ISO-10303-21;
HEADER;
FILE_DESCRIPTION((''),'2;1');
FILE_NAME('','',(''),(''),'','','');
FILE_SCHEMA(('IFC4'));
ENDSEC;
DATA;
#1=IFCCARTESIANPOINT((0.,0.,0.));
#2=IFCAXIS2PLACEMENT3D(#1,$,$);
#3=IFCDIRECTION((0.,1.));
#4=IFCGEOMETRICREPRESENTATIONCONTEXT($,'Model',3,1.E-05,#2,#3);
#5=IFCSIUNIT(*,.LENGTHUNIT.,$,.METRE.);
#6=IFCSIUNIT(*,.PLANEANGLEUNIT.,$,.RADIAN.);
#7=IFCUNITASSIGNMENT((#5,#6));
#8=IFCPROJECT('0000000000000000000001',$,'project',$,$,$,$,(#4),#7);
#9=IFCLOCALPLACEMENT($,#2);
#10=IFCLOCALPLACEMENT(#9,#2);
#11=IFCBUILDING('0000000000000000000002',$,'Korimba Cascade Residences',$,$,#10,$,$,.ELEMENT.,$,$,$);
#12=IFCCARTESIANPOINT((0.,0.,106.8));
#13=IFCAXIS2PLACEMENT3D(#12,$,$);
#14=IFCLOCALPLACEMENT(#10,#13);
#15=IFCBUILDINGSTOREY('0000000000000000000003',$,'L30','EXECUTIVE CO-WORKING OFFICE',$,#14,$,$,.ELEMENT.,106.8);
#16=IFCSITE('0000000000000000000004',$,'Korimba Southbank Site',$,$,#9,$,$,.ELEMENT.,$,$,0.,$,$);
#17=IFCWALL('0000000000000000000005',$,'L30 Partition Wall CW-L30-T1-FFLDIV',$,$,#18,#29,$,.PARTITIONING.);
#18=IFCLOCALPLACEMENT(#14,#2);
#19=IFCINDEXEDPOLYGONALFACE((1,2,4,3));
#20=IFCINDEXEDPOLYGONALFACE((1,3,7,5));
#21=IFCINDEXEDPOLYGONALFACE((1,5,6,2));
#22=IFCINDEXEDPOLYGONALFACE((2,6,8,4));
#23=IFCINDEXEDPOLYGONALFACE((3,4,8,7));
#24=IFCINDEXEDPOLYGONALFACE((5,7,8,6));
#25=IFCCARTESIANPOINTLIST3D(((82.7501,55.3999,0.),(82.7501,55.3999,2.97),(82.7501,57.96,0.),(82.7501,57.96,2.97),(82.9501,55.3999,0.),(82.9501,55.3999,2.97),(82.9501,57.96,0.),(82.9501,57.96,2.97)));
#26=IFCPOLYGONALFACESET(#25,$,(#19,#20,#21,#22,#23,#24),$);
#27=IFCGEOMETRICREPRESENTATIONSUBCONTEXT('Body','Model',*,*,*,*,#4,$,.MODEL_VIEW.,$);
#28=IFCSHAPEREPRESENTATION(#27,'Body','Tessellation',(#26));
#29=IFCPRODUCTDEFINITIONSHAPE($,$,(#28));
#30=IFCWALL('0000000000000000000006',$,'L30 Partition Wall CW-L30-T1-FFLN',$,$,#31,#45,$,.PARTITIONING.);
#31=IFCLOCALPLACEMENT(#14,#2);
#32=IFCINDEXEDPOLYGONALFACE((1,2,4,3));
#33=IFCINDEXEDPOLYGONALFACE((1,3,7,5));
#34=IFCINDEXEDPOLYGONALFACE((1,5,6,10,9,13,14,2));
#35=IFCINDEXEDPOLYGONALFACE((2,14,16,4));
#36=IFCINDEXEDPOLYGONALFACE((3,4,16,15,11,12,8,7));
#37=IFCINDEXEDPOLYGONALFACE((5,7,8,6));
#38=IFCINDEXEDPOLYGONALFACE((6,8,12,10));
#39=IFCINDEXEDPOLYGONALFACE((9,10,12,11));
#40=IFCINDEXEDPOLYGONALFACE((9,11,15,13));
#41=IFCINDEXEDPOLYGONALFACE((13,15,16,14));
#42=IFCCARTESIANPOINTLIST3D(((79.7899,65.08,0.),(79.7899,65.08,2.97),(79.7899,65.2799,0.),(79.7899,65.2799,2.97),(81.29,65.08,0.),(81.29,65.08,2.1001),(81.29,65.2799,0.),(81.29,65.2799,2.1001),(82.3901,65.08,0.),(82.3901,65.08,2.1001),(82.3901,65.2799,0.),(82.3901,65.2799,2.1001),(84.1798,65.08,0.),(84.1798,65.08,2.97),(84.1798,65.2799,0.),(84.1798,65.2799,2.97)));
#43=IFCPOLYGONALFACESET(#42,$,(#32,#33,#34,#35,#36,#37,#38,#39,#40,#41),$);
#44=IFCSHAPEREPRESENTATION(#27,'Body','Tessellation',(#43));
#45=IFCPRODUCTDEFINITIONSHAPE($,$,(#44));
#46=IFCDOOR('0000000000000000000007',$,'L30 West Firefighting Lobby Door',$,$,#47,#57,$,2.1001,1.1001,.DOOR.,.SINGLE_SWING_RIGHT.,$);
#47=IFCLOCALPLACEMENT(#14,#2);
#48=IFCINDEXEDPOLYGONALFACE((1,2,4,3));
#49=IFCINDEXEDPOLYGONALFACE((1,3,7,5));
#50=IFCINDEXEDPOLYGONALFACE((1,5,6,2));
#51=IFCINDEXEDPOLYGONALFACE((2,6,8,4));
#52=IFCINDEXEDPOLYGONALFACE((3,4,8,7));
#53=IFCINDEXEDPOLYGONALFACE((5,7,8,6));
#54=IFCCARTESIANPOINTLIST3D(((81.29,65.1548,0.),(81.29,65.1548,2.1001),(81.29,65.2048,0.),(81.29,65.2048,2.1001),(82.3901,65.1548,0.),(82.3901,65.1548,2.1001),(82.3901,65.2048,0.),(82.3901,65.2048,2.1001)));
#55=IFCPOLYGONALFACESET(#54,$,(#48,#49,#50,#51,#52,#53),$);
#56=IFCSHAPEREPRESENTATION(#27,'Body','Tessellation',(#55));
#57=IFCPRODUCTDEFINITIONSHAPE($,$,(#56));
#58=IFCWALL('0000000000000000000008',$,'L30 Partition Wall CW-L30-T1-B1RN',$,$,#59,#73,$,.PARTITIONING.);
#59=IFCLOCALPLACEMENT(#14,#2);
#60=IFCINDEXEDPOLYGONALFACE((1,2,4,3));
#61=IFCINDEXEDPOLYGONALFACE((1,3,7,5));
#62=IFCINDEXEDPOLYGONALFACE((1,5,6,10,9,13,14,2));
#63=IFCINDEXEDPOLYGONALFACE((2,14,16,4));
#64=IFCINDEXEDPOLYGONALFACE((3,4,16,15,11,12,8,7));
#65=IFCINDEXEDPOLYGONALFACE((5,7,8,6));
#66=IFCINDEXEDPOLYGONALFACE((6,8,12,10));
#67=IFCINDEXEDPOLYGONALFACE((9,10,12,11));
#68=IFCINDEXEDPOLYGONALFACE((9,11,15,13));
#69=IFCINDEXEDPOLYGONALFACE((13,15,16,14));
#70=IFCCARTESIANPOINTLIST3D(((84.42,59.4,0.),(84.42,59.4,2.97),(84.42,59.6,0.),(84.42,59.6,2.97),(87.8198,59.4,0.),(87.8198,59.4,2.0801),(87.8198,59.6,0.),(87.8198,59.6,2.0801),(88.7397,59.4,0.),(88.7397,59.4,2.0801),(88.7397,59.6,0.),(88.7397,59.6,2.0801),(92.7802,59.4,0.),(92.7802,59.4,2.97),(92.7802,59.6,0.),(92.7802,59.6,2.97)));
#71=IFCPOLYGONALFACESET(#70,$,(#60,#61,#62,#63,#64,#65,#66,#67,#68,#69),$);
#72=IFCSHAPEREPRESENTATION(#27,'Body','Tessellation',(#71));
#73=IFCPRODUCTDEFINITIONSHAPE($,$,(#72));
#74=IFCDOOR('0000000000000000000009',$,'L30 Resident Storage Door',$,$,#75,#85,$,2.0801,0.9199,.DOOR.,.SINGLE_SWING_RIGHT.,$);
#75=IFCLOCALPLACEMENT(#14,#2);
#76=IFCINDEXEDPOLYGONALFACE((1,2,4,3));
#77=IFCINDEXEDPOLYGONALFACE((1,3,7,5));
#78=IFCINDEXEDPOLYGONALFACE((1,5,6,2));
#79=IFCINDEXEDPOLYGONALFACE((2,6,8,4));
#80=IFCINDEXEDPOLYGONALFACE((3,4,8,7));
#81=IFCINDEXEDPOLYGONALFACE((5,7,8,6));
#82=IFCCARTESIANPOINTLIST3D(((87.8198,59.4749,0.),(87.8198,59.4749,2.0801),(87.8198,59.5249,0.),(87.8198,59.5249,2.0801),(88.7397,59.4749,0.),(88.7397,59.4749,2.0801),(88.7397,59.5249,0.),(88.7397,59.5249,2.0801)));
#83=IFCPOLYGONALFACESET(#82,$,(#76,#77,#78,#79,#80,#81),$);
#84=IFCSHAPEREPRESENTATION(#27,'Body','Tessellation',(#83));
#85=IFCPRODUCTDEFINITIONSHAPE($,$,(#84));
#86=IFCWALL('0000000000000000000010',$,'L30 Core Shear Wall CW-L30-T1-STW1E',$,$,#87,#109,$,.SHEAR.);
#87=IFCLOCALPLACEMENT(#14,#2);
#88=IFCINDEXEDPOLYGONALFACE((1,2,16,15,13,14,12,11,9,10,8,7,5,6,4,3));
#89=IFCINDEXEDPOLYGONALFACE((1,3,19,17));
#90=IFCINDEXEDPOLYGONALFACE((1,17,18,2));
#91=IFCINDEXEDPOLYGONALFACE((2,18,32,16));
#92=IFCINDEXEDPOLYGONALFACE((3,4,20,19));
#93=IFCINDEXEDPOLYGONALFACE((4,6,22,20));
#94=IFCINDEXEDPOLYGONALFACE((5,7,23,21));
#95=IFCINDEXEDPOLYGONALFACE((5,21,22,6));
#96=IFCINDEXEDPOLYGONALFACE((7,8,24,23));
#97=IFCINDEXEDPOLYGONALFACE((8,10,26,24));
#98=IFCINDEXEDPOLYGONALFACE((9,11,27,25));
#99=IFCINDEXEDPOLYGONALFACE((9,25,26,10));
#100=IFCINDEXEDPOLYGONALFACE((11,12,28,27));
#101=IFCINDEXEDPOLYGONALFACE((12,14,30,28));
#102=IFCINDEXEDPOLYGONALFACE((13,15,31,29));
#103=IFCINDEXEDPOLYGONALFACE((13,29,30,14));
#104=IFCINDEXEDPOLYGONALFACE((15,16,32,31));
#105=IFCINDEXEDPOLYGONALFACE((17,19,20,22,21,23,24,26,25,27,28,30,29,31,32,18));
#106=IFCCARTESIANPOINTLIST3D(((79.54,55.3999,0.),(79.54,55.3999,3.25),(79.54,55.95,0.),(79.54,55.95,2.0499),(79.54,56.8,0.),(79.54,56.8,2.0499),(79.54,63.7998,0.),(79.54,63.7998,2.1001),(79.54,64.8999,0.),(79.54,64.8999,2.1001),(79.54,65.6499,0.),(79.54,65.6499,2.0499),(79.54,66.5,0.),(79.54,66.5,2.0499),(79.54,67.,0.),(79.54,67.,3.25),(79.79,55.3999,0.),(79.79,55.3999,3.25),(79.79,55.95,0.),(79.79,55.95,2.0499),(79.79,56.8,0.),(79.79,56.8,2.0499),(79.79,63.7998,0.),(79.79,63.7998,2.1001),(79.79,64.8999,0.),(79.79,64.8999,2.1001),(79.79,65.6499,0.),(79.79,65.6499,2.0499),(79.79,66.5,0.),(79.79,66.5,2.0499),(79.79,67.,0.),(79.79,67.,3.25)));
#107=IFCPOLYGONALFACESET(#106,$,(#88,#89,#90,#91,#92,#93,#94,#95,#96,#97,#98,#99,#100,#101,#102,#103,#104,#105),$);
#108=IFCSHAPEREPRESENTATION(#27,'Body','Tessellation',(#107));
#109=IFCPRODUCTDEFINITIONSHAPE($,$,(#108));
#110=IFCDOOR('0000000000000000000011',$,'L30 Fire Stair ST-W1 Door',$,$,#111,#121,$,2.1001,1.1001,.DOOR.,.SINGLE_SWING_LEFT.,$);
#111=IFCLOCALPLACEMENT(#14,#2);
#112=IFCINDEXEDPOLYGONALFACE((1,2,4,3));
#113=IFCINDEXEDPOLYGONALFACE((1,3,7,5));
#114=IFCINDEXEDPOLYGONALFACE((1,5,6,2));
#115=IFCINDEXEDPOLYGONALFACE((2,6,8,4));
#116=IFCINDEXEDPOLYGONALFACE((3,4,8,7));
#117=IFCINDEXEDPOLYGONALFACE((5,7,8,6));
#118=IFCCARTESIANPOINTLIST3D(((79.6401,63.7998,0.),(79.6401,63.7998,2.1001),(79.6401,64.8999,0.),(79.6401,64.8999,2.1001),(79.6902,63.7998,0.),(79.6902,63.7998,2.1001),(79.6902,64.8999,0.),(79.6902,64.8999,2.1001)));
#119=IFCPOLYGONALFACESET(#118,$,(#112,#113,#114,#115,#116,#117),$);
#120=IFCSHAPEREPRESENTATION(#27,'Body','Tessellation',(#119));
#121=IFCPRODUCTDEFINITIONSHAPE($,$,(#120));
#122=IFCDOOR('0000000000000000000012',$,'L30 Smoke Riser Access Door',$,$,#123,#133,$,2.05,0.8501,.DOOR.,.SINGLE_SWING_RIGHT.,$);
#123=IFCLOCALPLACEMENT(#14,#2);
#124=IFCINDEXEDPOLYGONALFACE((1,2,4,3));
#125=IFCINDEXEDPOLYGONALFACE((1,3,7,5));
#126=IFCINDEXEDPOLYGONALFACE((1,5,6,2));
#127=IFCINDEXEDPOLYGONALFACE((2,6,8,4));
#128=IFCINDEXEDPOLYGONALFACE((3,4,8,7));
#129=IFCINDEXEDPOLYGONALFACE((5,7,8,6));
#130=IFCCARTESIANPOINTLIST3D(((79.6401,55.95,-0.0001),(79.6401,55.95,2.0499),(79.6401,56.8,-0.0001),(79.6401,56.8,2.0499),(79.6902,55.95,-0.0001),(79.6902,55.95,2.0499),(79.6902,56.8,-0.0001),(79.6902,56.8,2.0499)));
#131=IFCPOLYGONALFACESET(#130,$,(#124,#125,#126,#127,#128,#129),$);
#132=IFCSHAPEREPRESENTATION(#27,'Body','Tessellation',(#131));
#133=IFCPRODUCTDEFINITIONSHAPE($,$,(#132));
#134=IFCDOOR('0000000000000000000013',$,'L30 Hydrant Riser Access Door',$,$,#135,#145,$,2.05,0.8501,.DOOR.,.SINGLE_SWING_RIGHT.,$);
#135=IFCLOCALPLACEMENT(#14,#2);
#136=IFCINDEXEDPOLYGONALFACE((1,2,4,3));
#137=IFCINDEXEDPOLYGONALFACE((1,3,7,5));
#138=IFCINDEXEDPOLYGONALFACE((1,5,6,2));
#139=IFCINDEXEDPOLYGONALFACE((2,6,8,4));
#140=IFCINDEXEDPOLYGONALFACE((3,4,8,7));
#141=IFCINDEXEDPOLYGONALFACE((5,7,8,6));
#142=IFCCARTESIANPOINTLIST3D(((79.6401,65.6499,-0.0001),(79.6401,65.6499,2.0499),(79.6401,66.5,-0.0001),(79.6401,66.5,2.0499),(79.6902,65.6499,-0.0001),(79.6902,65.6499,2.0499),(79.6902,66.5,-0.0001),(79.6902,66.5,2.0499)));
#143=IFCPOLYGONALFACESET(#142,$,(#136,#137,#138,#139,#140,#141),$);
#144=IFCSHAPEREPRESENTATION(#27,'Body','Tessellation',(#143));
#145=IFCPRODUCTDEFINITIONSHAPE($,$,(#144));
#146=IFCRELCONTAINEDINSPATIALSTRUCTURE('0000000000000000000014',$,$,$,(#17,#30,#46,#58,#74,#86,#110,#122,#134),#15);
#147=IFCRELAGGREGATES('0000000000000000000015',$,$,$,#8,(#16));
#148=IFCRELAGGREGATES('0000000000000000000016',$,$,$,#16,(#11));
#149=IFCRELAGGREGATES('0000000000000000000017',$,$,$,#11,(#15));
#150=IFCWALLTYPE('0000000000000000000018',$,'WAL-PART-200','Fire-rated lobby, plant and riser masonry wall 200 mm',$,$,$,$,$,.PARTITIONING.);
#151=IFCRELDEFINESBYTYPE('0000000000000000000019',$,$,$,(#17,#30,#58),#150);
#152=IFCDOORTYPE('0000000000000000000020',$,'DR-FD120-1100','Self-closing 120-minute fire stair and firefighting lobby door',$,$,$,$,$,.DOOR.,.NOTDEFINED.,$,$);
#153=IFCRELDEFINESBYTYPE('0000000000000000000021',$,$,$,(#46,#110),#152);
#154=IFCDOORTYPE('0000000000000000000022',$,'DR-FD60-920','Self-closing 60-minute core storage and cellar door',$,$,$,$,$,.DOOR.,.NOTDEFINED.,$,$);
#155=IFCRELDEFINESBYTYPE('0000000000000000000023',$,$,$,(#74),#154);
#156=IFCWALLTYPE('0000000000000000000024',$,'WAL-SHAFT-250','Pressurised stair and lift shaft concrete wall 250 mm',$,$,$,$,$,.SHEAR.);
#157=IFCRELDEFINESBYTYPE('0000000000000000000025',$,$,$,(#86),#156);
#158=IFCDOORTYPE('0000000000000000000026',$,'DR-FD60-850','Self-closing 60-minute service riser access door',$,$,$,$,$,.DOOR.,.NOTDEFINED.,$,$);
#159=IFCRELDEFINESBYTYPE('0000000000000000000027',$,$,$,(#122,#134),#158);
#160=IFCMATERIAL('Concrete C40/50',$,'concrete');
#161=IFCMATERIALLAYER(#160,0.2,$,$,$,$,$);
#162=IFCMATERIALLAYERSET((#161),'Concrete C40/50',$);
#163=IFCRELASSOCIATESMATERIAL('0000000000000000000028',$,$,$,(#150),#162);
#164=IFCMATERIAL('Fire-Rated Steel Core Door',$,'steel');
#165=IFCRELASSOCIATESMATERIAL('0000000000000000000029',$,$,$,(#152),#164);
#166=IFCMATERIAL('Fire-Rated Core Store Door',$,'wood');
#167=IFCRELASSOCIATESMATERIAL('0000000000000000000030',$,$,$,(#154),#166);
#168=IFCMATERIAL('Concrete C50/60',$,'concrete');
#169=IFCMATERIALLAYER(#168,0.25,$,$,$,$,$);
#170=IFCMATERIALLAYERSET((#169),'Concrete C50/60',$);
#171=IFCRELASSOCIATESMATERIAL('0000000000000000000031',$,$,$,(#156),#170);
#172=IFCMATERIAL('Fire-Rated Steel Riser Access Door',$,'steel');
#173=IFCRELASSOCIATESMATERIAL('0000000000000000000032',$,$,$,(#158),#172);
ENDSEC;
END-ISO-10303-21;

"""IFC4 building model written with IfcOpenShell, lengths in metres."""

from ifc_helpers import new_model, si_unit, direction, frame, frame_2d, origin, place, context, subcontext, project, spatial, rectangle, extrude, material, layer, layer_set, type_object, element, fill, save


model = new_model("IFC4")

# Units and contexts
model_context = context("Model", 3, precision=1e-05, world=origin(), true_north=direction((0.0, 1.0)))
body_context = subcontext(model_context, "Body", "Model", "MODEL_VIEW")
ifc_project = project(units=[si_unit("LENGTHUNIT", "METRE"), si_unit("PLANEANGLEUNIT", "RADIAN")], contexts=[model_context])

# Site, building, storey
site_placement = place(None, origin())
site = spatial("IfcSite", under=ifc_project, at=site_placement, Name="Korimba Southbank Site", CompositionType="ELEMENT", RefElevation=0.0)
building_placement = place(site_placement, origin())
building = spatial("IfcBuilding", under=site, at=building_placement, Name="Korimba Cascade Residences", CompositionType="ELEMENT")
storey_placement = place(building_placement, frame((0.0, 0.0, 106.8)))
storey = spatial("IfcBuildingStorey", under=building, at=storey_placement, Name="L30", Description="EXECUTIVE CO-WORKING OFFICE", CompositionType="ELEMENT", Elevation=106.8)

# Wall
ifc_material_1 = material(Name="Concrete C40/50", Category="concrete")
ifc_layer_1 = layer(ifc_material_1, 0.2)
ifc_layer_set_1 = layer_set([ifc_layer_1], Name="Concrete C40/50")
wall_type_1 = type_object("IfcWallType", Name="WAL-PART-200", Description="Fire-rated lobby, plant and riser masonry wall 200 mm", PredefinedType="PARTITIONING", material=ifc_layer_set_1)
wall_1_placement = place(storey_placement, frame((82.8501, 55.3999, 0.0), z_axis=(0.0, 0.0, 1.0), x_axis=(0.0, 1.0, 0.0)))
element("IfcWall", 1, at=wall_1_placement, inside=storey, type_object=wall_type_1, Name="L30 Partition Wall CW-L30-T1-FFLDIV", PredefinedType="PARTITIONING", context=body_context, shape_type="SweptSolid", body=[
    extrude(rectangle(XDim=2.5601, YDim=0.2, at=frame_2d((1.28, 0.0))), origin(), (0.0, 0.0, 1.0), 2.97),
])

# Walls, openings, doors
wall_2_placement = place(storey_placement, frame((79.79, 65.1799, 0.0), z_axis=(0.0, 0.0, 1.0), x_axis=(1.0, 0.0, 0.0)))
wall_2 = element("IfcWall", 2, at=wall_2_placement, inside=storey, type_object=wall_type_1, Name="L30 Partition Wall CW-L30-T1-FFLN", PredefinedType="PARTITIONING", context=body_context, shape_type="SweptSolid", body=[
    extrude(rectangle(XDim=4.3899, YDim=0.2, at=frame_2d((2.1948, 0.0))), origin(), (0.0, 0.0, 1.0), 2.97),
])
opening_1_placement = place(wall_2_placement, frame((1.5, 0.0, 0.0)))
opening_1 = element("IfcOpeningElement", 3, at=opening_1_placement, cuts=wall_2, PredefinedType="OPENING", context=body_context, shape_type="SweptSolid", body=[
    extrude(rectangle(XDim=1.1001, YDim=2.1001, at=frame_2d((0.55, 1.05))), frame((0.0, 0.1099, 0.0), z_axis=(0.0, -1.0, 0.0), x_axis=(1.0, 0.0, 0.0)), (0.0, 0.0, 1.0), 0.22),
])
ifc_material_2 = material(Name="Fire-Rated Steel Core Door", Category="steel")
door_type_1 = type_object("IfcDoorType", Name="DR-FD120-1100", Description="Self-closing 120-minute fire stair and firefighting lobby door", OperationType="NOTDEFINED", PredefinedType="DOOR", material=ifc_material_2)
door_1_placement = place(opening_1_placement, origin())
door_1 = element("IfcDoor", 4, at=door_1_placement, inside=storey, type_object=door_type_1, Name="L30 West Firefighting Lobby Door", OperationType="SINGLE_SWING_RIGHT", OverallHeight=2.1001, OverallWidth=1.1001, PredefinedType="DOOR", context=body_context, shape_type="SweptSolid", body=[
    extrude(rectangle(XDim=1.1001, YDim=2.1001, at=frame_2d((0.55, 1.05))), frame((0.0, 0.0249, 0.0), z_axis=(0.0, -1.0, 0.0), x_axis=(1.0, 0.0, 0.0)), (0.0, 0.0, 1.0), 0.05),
])
fill(opening_1, door_1)
wall_3_placement = place(storey_placement, frame((84.4199, 59.5, 0.0), z_axis=(0.0, 0.0, 1.0), x_axis=(1.0, 0.0, 0.0)))
wall_3 = element("IfcWall", 5, at=wall_3_placement, inside=storey, type_object=wall_type_1, Name="L30 Partition Wall CW-L30-T1-B1RN", PredefinedType="PARTITIONING", context=body_context, shape_type="SweptSolid", body=[
    extrude(rectangle(XDim=8.3601, YDim=0.2, at=frame_2d((4.1802, 0.0))), origin(), (0.0, 0.0, 1.0), 2.97),
])
opening_2_placement = place(wall_3_placement, frame((3.3999, 0.0, 0.0)))
opening_2 = element("IfcOpeningElement", 6, at=opening_2_placement, cuts=wall_3, PredefinedType="OPENING", context=body_context, shape_type="SweptSolid", body=[
    extrude(rectangle(XDim=0.9199, YDim=2.0801, at=frame_2d((0.46, 1.04))), frame((0.0, 0.1099, 0.0), z_axis=(0.0, -1.0, 0.0), x_axis=(1.0, 0.0, 0.0)), (0.0, 0.0, 1.0), 0.22),
])
ifc_material_3 = material(Name="Fire-Rated Core Store Door", Category="wood")
door_type_2 = type_object("IfcDoorType", Name="DR-FD60-920", Description="Self-closing 60-minute core storage and cellar door", OperationType="NOTDEFINED", PredefinedType="DOOR", material=ifc_material_3)
door_2_placement = place(opening_2_placement, origin())
door_2 = element("IfcDoor", 7, at=door_2_placement, inside=storey, type_object=door_type_2, Name="L30 Resident Storage Door", OperationType="SINGLE_SWING_RIGHT", OverallHeight=2.0801, OverallWidth=0.9199, PredefinedType="DOOR", context=body_context, shape_type="SweptSolid", body=[
    extrude(rectangle(XDim=0.9199, YDim=2.0801, at=frame_2d((0.46, 1.04))), frame((0.0, 0.0249, 0.0), z_axis=(0.0, -1.0, 0.0), x_axis=(1.0, 0.0, 0.0)), (0.0, 0.0, 1.0), 0.05),
])
fill(opening_2, door_2)

# Wall, openings, doors
ifc_material_4 = material(Name="Concrete C50/60", Category="concrete")
ifc_layer_2 = layer(ifc_material_4, 0.25)
ifc_layer_set_2 = layer_set([ifc_layer_2], Name="Concrete C50/60")
wall_type_2 = type_object("IfcWallType", Name="WAL-SHAFT-250", Description="Pressurised stair and lift shaft concrete wall 250 mm", PredefinedType="SHEAR", material=ifc_layer_set_2)
wall_4_placement = place(storey_placement, frame((79.665, 55.3999, 0.0), z_axis=(0.0, 0.0, 1.0), x_axis=(0.0, 1.0, 0.0)))
wall_4 = element("IfcWall", 8, at=wall_4_placement, inside=storey, type_object=wall_type_2, Name="L30 Core Shear Wall CW-L30-T1-STW1E", PredefinedType="SHEAR", context=body_context, shape_type="SweptSolid", body=[
    extrude(rectangle(XDim=11.6001, YDim=0.25, at=frame_2d((5.8, 0.0))), origin(), (0.0, 0.0, 1.0), 3.25),
])
opening_3_placement = place(wall_4_placement, frame((0.55, 0.0, 0.0)))
opening_3 = element("IfcOpeningElement", 9, at=opening_3_placement, cuts=wall_4, PredefinedType="OPENING", context=body_context, shape_type="SweptSolid", body=[
    extrude(rectangle(XDim=0.8501, YDim=2.05, at=frame_2d((0.425, 1.0249))), frame((0.0, 0.135, 0.0), z_axis=(0.0, -1.0, 0.0), x_axis=(1.0, 0.0, 0.0)), (0.0, 0.0, 1.0), 0.27),
])
opening_4_placement = place(wall_4_placement, frame((8.3999, 0.0, 0.0)))
opening_4 = element("IfcOpeningElement", 10, at=opening_4_placement, cuts=wall_4, PredefinedType="OPENING", context=body_context, shape_type="SweptSolid", body=[
    extrude(rectangle(XDim=1.1001, YDim=2.1001, at=frame_2d((0.55, 1.05))), frame((0.0, 0.135, 0.0), z_axis=(0.0, -1.0, 0.0), x_axis=(1.0, 0.0, 0.0)), (0.0, 0.0, 1.0), 0.27),
])
opening_5_placement = place(wall_4_placement, frame((10.25, 0.0, 0.0)))
opening_5 = element("IfcOpeningElement", 11, at=opening_5_placement, cuts=wall_4, PredefinedType="OPENING", context=body_context, shape_type="SweptSolid", body=[
    extrude(rectangle(XDim=0.8501, YDim=2.05, at=frame_2d((0.425, 1.0249))), frame((0.0, 0.135, 0.0), z_axis=(0.0, -1.0, 0.0), x_axis=(1.0, 0.0, 0.0)), (0.0, 0.0, 1.0), 0.27),
])
door_3_placement = place(opening_4_placement, origin())
door_3 = element("IfcDoor", 12, at=door_3_placement, inside=storey, type_object=door_type_1, Name="L30 Fire Stair ST-W1 Door", OperationType="SINGLE_SWING_LEFT", OverallHeight=2.1001, OverallWidth=1.1001, PredefinedType="DOOR", context=body_context, shape_type="SweptSolid", body=[
    extrude(rectangle(XDim=1.1001, YDim=2.1001, at=frame_2d((0.55, 1.05))), frame((0.0, 0.0249, 0.0), z_axis=(0.0, -1.0, 0.0), x_axis=(1.0, 0.0, 0.0)), (0.0, 0.0, 1.0), 0.05),
])
fill(opening_4, door_3)
ifc_material_5 = material(Name="Fire-Rated Steel Riser Access Door", Category="steel")
door_type_3 = type_object("IfcDoorType", Name="DR-FD60-850", Description="Self-closing 60-minute service riser access door", OperationType="NOTDEFINED", PredefinedType="DOOR", material=ifc_material_5)
door_4_placement = place(opening_3_placement, origin())
door_4 = element("IfcDoor", 13, at=door_4_placement, inside=storey, type_object=door_type_3, Name="L30 Smoke Riser Access Door", OperationType="SINGLE_SWING_RIGHT", OverallHeight=2.05, OverallWidth=0.8501, PredefinedType="DOOR", context=body_context, shape_type="SweptSolid", body=[
    extrude(rectangle(XDim=0.8501, YDim=2.05, at=frame_2d((0.425, 1.0249))), frame((0.0, 0.0249, 0.0), z_axis=(0.0, -1.0, 0.0), x_axis=(1.0, 0.0, 0.0)), (0.0, 0.0, 1.0), 0.05),
])
fill(opening_3, door_4)
door_5_placement = place(opening_5_placement, origin())
door_5 = element("IfcDoor", 14, at=door_5_placement, inside=storey, type_object=door_type_3, Name="L30 Hydrant Riser Access Door", OperationType="SINGLE_SWING_RIGHT", OverallHeight=2.05, OverallWidth=0.8501, PredefinedType="DOOR", context=body_context, shape_type="SweptSolid", body=[
    extrude(rectangle(XDim=0.8501, YDim=2.05, at=frame_2d((0.425, 1.0249))), frame((0.0, 0.0249, 0.0), z_axis=(0.0, -1.0, 0.0), x_axis=(1.0, 0.0, 0.0)), (0.0, 0.0, 1.0), 0.05),
])
fill(opening_5, door_5)

save(model, "model.ifc")
